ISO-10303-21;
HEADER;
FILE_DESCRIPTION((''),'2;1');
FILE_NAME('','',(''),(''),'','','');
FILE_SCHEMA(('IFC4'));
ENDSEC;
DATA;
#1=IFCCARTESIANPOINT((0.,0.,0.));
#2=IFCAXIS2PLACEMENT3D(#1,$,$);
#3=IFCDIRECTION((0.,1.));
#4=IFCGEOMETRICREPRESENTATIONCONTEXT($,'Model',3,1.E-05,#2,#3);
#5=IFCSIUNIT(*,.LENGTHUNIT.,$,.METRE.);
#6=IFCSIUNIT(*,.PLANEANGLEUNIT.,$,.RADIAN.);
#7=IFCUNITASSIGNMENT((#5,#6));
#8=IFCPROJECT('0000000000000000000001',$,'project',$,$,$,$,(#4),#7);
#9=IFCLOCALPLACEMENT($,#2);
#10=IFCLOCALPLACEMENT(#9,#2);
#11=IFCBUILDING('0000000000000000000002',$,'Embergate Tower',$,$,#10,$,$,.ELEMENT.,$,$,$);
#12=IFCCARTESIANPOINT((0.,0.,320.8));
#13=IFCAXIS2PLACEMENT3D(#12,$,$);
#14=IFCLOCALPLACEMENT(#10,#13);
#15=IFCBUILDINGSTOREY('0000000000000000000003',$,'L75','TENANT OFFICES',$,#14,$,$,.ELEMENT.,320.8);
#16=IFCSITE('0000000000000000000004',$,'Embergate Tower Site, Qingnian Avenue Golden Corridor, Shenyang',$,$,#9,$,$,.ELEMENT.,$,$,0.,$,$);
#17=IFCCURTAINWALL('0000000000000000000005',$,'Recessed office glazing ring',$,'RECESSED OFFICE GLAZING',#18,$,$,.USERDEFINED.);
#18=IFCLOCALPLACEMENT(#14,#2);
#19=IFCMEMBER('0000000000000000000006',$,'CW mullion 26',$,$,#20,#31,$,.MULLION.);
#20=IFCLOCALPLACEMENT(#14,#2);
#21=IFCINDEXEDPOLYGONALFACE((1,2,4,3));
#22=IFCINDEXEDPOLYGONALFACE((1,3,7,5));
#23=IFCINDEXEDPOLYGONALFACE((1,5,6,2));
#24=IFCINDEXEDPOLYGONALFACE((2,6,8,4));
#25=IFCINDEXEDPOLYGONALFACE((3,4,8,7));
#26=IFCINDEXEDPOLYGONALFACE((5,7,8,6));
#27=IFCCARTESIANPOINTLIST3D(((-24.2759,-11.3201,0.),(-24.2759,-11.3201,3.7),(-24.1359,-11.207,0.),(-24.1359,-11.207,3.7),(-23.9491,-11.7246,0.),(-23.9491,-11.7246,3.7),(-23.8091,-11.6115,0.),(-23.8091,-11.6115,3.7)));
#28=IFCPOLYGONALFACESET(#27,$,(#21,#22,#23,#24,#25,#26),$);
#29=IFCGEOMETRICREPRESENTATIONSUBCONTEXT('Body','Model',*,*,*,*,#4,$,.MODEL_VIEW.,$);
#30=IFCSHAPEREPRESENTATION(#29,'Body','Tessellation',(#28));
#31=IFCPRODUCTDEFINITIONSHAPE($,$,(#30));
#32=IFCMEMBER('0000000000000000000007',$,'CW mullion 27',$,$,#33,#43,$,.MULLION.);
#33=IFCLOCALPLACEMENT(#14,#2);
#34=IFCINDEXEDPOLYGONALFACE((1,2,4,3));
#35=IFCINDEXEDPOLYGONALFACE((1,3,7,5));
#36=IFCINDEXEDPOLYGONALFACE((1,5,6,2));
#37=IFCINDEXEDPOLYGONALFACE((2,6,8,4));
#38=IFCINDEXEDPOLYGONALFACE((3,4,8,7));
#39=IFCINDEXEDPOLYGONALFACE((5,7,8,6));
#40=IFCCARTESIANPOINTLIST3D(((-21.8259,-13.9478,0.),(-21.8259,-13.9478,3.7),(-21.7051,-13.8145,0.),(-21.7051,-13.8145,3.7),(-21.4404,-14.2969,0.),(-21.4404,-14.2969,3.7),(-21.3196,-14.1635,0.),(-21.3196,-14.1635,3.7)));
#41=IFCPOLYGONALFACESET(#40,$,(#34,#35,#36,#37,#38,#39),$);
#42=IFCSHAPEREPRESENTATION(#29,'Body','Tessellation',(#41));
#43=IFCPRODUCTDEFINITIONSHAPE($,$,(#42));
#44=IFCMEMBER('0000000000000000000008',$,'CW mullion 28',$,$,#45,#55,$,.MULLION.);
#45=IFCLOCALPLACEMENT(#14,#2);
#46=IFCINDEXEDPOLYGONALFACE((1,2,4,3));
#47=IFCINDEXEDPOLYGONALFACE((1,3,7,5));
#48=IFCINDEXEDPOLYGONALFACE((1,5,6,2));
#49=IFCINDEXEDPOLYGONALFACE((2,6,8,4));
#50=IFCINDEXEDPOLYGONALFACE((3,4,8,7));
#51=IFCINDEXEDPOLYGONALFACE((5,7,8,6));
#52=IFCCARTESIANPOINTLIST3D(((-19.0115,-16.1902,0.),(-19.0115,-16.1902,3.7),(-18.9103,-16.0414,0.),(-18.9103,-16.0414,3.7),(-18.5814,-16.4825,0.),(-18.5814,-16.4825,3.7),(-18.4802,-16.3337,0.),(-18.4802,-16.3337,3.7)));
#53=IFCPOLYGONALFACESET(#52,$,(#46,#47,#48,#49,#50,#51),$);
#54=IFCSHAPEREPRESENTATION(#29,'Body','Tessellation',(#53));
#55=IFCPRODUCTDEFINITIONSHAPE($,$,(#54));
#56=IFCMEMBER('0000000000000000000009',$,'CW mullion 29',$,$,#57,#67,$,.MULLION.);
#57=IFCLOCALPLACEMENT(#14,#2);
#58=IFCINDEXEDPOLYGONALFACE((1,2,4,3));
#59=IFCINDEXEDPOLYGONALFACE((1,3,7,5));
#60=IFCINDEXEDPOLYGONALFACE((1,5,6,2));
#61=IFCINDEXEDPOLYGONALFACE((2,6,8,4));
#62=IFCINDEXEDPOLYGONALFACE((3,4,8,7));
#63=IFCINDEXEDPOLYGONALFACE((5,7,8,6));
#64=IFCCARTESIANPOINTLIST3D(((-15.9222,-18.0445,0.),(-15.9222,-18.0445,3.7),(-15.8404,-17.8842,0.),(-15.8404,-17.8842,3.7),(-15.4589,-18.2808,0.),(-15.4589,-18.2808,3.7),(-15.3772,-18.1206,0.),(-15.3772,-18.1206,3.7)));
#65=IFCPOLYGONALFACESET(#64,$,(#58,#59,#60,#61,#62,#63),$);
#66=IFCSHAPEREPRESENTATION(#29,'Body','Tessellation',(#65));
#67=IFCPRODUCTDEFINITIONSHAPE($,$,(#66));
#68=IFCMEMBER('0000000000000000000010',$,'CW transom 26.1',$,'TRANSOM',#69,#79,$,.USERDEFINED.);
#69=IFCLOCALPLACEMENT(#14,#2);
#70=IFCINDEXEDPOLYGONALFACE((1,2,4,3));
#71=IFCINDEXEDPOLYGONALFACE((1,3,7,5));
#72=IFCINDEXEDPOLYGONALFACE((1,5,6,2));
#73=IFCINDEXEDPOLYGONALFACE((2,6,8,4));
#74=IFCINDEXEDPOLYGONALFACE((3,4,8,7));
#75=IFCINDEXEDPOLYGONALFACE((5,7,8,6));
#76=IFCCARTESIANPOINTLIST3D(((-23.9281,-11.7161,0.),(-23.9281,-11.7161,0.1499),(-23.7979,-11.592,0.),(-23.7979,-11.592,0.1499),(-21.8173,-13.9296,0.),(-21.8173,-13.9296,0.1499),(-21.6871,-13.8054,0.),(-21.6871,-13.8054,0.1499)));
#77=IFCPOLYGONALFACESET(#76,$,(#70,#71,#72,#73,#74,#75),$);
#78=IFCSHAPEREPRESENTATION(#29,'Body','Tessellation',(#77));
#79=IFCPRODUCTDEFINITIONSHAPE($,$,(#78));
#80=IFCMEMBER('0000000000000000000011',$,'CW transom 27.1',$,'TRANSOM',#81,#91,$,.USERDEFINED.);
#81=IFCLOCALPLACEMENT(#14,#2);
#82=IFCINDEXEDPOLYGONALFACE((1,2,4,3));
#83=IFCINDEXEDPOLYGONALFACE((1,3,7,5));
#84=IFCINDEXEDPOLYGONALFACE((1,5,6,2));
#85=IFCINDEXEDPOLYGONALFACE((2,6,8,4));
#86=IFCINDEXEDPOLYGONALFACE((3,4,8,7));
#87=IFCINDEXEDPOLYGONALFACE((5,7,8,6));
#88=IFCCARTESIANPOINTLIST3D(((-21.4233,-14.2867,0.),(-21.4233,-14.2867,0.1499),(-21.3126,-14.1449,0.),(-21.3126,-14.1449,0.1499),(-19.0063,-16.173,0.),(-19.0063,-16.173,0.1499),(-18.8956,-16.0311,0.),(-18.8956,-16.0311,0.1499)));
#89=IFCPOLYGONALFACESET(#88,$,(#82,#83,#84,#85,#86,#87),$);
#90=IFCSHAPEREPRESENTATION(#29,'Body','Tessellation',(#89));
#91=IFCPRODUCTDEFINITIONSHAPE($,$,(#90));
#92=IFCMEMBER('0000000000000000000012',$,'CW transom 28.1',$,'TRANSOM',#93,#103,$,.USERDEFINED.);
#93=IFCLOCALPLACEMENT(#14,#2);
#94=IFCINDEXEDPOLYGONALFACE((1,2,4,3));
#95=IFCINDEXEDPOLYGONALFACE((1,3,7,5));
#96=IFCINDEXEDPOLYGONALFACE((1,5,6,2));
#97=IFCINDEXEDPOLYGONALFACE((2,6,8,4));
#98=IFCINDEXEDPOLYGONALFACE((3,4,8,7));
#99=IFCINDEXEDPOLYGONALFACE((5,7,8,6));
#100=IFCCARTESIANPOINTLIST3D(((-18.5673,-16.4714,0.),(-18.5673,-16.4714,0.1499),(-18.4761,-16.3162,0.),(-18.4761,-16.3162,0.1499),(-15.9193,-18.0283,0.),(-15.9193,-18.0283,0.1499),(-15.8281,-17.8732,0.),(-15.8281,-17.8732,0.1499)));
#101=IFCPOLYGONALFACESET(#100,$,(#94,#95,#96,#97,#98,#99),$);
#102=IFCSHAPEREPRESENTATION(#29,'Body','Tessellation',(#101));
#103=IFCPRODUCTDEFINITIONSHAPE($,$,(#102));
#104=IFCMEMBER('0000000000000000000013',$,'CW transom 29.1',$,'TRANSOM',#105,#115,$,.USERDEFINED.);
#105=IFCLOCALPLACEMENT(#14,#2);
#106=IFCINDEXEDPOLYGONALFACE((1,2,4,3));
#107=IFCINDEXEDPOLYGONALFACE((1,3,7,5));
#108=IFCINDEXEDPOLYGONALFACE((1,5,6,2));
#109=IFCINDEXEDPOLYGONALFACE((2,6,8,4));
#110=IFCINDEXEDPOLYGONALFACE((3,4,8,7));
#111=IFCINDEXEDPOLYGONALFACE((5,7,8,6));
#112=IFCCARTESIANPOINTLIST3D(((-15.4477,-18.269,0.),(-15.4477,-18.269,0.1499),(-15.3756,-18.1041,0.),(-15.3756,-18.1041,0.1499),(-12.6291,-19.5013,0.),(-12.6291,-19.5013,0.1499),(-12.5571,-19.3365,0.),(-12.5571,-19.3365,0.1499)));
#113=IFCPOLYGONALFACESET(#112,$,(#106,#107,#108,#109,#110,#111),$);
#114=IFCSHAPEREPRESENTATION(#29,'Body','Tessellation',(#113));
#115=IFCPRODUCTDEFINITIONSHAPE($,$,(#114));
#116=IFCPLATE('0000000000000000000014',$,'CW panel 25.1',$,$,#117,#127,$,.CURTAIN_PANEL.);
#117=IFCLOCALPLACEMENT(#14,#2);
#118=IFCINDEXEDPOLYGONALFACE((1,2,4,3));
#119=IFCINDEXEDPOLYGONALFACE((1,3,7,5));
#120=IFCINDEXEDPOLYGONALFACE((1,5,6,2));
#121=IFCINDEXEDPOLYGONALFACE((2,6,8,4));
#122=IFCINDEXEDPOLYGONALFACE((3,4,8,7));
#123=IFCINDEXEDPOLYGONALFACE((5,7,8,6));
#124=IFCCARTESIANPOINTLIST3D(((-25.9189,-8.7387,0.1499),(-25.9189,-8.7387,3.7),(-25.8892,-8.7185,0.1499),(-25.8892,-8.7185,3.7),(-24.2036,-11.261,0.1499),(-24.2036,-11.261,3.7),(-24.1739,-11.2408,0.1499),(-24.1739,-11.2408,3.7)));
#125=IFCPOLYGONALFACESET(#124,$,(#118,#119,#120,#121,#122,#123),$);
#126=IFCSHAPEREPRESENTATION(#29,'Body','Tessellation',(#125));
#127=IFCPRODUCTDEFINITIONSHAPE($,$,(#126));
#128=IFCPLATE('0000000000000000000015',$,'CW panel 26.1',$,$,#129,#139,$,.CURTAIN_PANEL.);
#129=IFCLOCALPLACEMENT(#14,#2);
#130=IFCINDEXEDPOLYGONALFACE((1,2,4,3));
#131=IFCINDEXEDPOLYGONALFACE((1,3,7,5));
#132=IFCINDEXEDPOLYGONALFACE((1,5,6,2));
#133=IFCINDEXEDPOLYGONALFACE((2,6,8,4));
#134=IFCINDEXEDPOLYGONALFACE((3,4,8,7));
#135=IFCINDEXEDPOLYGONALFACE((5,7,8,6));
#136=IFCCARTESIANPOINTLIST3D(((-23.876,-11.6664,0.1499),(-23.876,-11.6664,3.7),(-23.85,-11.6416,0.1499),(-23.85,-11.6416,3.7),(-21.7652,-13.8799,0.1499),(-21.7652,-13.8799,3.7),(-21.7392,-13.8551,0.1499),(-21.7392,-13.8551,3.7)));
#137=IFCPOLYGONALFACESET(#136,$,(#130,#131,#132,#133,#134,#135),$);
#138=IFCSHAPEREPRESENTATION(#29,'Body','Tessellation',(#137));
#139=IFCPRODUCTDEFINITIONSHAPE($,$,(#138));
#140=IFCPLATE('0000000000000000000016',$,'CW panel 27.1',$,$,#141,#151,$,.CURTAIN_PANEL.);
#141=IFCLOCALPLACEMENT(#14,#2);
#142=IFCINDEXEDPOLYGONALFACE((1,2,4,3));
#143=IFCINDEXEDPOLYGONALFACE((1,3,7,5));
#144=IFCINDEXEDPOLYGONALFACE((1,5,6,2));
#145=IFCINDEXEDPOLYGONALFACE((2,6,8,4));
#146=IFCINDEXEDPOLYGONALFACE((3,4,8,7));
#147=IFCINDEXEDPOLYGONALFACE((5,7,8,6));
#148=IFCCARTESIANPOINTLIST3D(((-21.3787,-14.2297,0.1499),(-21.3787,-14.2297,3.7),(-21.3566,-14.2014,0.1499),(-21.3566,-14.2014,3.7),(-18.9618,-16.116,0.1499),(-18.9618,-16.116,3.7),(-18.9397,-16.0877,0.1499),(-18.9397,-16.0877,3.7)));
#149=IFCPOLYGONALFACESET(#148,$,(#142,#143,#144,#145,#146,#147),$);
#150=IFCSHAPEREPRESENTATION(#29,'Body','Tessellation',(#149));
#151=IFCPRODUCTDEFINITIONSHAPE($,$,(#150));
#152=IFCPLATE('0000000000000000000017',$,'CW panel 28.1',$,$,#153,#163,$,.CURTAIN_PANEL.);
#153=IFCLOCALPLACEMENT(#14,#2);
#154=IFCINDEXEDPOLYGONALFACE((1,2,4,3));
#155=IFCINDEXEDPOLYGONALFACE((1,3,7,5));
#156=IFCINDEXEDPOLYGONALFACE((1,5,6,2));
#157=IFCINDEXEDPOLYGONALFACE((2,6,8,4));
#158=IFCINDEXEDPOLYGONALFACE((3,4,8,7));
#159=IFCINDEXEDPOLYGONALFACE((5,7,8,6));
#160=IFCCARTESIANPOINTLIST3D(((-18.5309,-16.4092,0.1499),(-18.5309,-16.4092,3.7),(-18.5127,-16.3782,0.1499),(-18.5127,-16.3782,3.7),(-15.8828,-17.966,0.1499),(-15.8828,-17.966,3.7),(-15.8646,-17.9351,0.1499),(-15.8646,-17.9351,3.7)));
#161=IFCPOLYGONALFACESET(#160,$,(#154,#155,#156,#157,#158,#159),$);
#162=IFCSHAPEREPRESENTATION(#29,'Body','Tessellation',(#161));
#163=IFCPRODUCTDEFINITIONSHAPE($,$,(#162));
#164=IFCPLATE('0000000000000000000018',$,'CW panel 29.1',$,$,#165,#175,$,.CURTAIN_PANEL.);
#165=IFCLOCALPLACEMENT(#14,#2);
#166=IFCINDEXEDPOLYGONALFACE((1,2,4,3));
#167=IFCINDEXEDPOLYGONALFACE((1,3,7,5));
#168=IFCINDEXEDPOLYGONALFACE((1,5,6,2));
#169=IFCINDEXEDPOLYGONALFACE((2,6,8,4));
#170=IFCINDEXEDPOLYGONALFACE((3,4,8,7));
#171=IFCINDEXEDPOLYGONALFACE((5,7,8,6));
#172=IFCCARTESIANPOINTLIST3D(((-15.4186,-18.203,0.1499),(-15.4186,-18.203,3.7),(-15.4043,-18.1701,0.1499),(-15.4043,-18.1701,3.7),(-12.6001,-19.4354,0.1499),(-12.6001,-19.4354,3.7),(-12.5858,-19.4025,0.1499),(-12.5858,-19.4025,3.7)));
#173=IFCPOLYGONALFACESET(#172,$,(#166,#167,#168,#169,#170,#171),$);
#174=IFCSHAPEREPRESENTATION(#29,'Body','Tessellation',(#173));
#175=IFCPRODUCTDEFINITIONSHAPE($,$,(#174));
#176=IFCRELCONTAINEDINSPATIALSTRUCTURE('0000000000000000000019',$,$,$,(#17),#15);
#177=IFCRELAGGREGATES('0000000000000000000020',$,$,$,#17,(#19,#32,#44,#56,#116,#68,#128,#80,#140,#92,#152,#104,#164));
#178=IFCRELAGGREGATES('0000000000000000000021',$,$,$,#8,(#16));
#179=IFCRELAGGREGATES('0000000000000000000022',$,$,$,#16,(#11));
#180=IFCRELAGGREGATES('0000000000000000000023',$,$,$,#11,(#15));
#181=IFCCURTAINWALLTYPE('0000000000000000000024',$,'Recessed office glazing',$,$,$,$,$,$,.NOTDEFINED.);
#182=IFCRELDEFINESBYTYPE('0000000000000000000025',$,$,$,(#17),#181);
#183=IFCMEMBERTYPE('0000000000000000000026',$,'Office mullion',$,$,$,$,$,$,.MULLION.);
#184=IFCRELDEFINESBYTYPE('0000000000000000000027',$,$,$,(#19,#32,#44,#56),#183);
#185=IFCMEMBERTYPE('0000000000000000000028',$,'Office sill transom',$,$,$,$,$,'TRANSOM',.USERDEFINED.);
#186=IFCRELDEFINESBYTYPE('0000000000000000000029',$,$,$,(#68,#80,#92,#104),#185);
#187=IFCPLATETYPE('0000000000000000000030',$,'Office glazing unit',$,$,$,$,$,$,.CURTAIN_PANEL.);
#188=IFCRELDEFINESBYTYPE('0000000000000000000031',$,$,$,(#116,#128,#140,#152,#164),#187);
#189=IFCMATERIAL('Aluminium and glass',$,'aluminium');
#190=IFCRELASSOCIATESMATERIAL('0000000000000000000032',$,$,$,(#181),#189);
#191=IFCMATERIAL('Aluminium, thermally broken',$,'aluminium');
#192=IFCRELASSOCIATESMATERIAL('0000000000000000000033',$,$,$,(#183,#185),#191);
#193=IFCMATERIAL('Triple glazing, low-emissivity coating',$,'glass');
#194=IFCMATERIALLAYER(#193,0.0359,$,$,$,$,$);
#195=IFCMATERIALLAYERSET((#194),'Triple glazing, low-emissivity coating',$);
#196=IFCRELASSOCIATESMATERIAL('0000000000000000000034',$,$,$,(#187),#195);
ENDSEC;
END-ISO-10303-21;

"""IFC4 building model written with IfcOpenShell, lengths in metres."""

from ifc_helpers import new_model, si_unit, direction, frame, origin, origin_2d, place, context, subcontext, project, spatial, rectangle, extrude, source, transform, mapped, material, layer, layer_set, material_profile, profile_set, type_object, element, aggregate, save


model = new_model("IFC4")

# Units and contexts
model_context = context("Model", 3, precision=1e-05, world=origin(), true_north=direction((0.0, 1.0)))
body_context = subcontext(model_context, "Body", "Model", "MODEL_VIEW")
ifc_project = project(units=[si_unit("LENGTHUNIT", "METRE"), si_unit("PLANEANGLEUNIT", "RADIAN")], contexts=[model_context])

# Site, building, storey
site_placement = place(None, origin())
site = spatial("IfcSite", under=ifc_project, at=site_placement, Name="Embergate Tower Site, Qingnian Avenue Golden Corridor, Shenyang", CompositionType="ELEMENT", RefElevation=0.0)
building_placement = place(site_placement, origin())
building = spatial("IfcBuilding", under=site, at=building_placement, Name="Embergate Tower", CompositionType="ELEMENT")
storey_placement = place(building_placement, frame((0.0, 0.0, 320.8)))
storey = spatial("IfcBuildingStorey", under=building, at=storey_placement, Name="L75", Description="TENANT OFFICES", CompositionType="ELEMENT", Elevation=320.8)

# Curtain wall, members, plates
ifc_material_1 = material(Name="Aluminium and glass", Category="aluminium")
curtain_wall_type = type_object("IfcCurtainWallType", Name="Recessed office glazing", PredefinedType="NOTDEFINED", material=ifc_material_1)
curtain_wall_placement = place(storey_placement, origin())
curtain_wall = element("IfcCurtainWall", 1, at=curtain_wall_placement, inside=storey, type_object=curtain_wall_type, Name="Recessed office glazing ring", ObjectType="RECESSED OFFICE GLAZING", PredefinedType="USERDEFINED")
ifc_material_2 = material(Name="Aluminium, thermally broken", Category="aluminium")
ifc_material_profile_1 = material_profile(ifc_material_2, rectangle(XDim=0.1799, YDim=0.52, at=origin_2d()), Name="AL 520x180")
ifc_profile_set_1 = profile_set([ifc_material_profile_1], Name="Aluminium, thermally broken")
member_type_1 = type_object("IfcMemberType", Name="Office mullion", PredefinedType="MULLION", material=ifc_profile_set_1)
shared_shape_1 = source(origin(), body_context, "Body", "SweptSolid", [
    extrude(rectangle(XDim=0.1799, YDim=0.52, at=origin_2d()), origin(), (0.0, 0.0, 1.0), 3.7),
])
member_1_placement = place(storey_placement, frame((-24.0425, -11.4658, 0.0), z_axis=(0.0, 0.0, 1.0), x_axis=(0.777862, 0.628436, 0.0)))
member_1 = element("IfcMember", 2, at=member_1_placement, type_object=member_type_1, Name="CW mullion 26", PredefinedType="MULLION", context=body_context, shape_type="MappedRepresentation", body=[
    mapped(shared_shape_1, transform((0.0, 0.0, 0.0))),
])
member_2_placement = place(storey_placement, frame((-21.5728, -14.0557, 0.0), z_axis=(0.0, 0.0, 1.0), x_axis=(0.671217, 0.74126, 0.0)))
member_2 = element("IfcMember", 3, at=member_2_placement, type_object=member_type_1, Name="CW mullion 27", PredefinedType="MULLION", context=body_context, shape_type="MappedRepresentation", body=[
    mapped(shared_shape_1, transform((0.0, 0.0, 0.0))),
])
member_3_placement = place(storey_placement, frame((-18.7458, -16.262, 0.0), z_axis=(0.0, 0.0, 1.0), x_axis=(0.56221, 0.826994, 0.0)))
member_3 = element("IfcMember", 4, at=member_3_placement, type_object=member_type_1, Name="CW mullion 28", PredefinedType="MULLION", context=body_context, shape_type="MappedRepresentation", body=[
    mapped(shared_shape_1, transform((0.0, 0.0, 0.0))),
])
member_4_placement = place(storey_placement, frame((-15.6497, -18.0825, 0.0), z_axis=(0.0, 0.0, 1.0), x_axis=(0.454508, 0.890743, 0.0)))
member_4 = element("IfcMember", 5, at=member_4_placement, type_object=member_type_1, Name="CW mullion 29", PredefinedType="MULLION", context=body_context, shape_type="MappedRepresentation", body=[
    mapped(shared_shape_1, transform((0.0, 0.0, 0.0))),
])
ifc_material_profile_2 = material_profile(ifc_material_2, rectangle(XDim=0.1799, YDim=0.1499, at=origin_2d()), Name="AL 150x180")
ifc_profile_set_2 = profile_set([ifc_material_profile_2], Name="Aluminium, thermally broken")
member_type_2 = type_object("IfcMemberType", Name="Office sill transom", ElementType="TRANSOM", PredefinedType="USERDEFINED", material=ifc_profile_set_2)
shared_shape_2 = source(origin(), body_context, "Body", "SweptSolid", [
    extrude(rectangle(XDim=0.1799, YDim=0.1499, at=origin_2d()), origin(), (0.0, 0.0, 1.0), 3.0586),
])
member_5_placement = place(storey_placement, frame((-23.863, -11.6541, 0.075), z_axis=(0.690145, -0.723671, 0.0), x_axis=(0.723671, 0.690145, 0.0)))
member_5 = element("IfcMember", 6, at=member_5_placement, type_object=member_type_2, Name="CW transom 26.1", ObjectType="TRANSOM", PredefinedType="USERDEFINED", context=body_context, shape_type="MappedRepresentation", body=[
    mapped(shared_shape_2, transform((0.0, 0.0, 0.0))),
])
shared_shape_3 = source(origin(), body_context, "Body", "SweptSolid", [
    extrude(rectangle(XDim=0.1799, YDim=0.1499, at=origin_2d()), origin(), (0.0, 0.0, 1.0), 3.0659),
])
member_6_placement = place(storey_placement, frame((-21.3679, -14.2158, 0.075), z_axis=(0.788348, -0.61523, 0.0), x_axis=(0.61523, 0.788348, 0.0)))
member_6 = element("IfcMember", 7, at=member_6_placement, type_object=member_type_2, Name="CW transom 27.1", ObjectType="TRANSOM", PredefinedType="USERDEFINED", context=body_context, shape_type="MappedRepresentation", body=[
    mapped(shared_shape_3, transform((0.0, 0.0, 0.0))),
])
shared_shape_4 = source(origin(), body_context, "Body", "SweptSolid", [
    extrude(rectangle(XDim=0.1799, YDim=0.1499, at=origin_2d()), origin(), (0.0, 0.0, 1.0), 3.0718),
])
member_7_placement = place(storey_placement, frame((-18.5217, -16.3938, 0.075), z_axis=(0.862038, -0.506843, 0.0), x_axis=(0.506843, 0.862038, 0.0)))
member_7 = element("IfcMember", 8, at=member_7_placement, type_object=member_type_2, Name="CW transom 28.1", ObjectType="TRANSOM", PredefinedType="USERDEFINED", context=body_context, shape_type="MappedRepresentation", body=[
    mapped(shared_shape_4, transform((0.0, 0.0, 0.0))),
])
shared_shape_5 = source(origin(), body_context, "Body", "SweptSolid", [
    extrude(rectangle(XDim=0.1799, YDim=0.1499, at=origin_2d()), origin(), (0.0, 0.0, 1.0), 3.0762),
])
member_8_placement = place(storey_placement, frame((-15.4116, -18.1865, 0.075), z_axis=(0.916243, -0.400623, 0.0), x_axis=(0.400623, 0.916243, 0.0)))
member_8 = element("IfcMember", 9, at=member_8_placement, type_object=member_type_2, Name="CW transom 29.1", ObjectType="TRANSOM", PredefinedType="USERDEFINED", context=body_context, shape_type="MappedRepresentation", body=[
    mapped(shared_shape_5, transform((0.0, 0.0, 0.0))),
])
ifc_material_3 = material(Name="Triple glazing, low-emissivity coating", Category="glass")
ifc_layer_1 = layer(ifc_material_3, 0.0359)
ifc_layer_set_1 = layer_set([ifc_layer_1], Name="Triple glazing, low-emissivity coating")
plate_type = type_object("IfcPlateType", Name="Office glazing unit", PredefinedType="CURTAIN_PANEL", material=ifc_layer_set_1)
shared_shape_6 = source(origin(), body_context, "Body", "SweptSolid", [
    extrude(rectangle(XDim=3.0503, YDim=0.0359, at=origin_2d()), origin(), (0.0, 0.0, 1.0), 3.55),
])
plate_1_placement = place(storey_placement, frame((-25.0464, -9.9897, 0.1499), z_axis=(0.0, 0.0, 1.0), x_axis=(0.562342, -0.826905, 0.0)))
plate_1 = element("IfcPlate", 10, at=plate_1_placement, type_object=plate_type, Name="CW panel 25.1", PredefinedType="CURTAIN_PANEL", context=body_context, shape_type="MappedRepresentation", body=[
    mapped(shared_shape_6, transform((0.0, 0.0, 0.0))),
])
shared_shape_7 = source(origin(), body_context, "Body", "SweptSolid", [
    extrude(rectangle(XDim=3.0586, YDim=0.0359, at=origin_2d()), origin(), (0.0, 0.0, 1.0), 3.55),
])
plate_2_placement = place(storey_placement, frame((-22.8076, -12.7607, 0.1499), z_axis=(0.0, 0.0, 1.0), x_axis=(0.690133, -0.723683, 0.0)))
plate_2 = element("IfcPlate", 11, at=plate_2_placement, type_object=plate_type, Name="CW panel 26.1", PredefinedType="CURTAIN_PANEL", context=body_context, shape_type="MappedRepresentation", body=[
    mapped(shared_shape_7, transform((0.0, 0.0, 0.0))),
])
shared_shape_8 = source(origin(), body_context, "Body", "SweptSolid", [
    extrude(rectangle(XDim=3.0659, YDim=0.0359, at=origin_2d()), origin(), (0.0, 0.0, 1.0), 3.55),
])
plate_3_placement = place(storey_placement, frame((-20.1592, -15.1587, 0.1499), z_axis=(0.0, 0.0, 1.0), x_axis=(0.788318, -0.615268, 0.0)))
plate_3 = element("IfcPlate", 12, at=plate_3_placement, type_object=plate_type, Name="CW panel 27.1", PredefinedType="CURTAIN_PANEL", context=body_context, shape_type="MappedRepresentation", body=[
    mapped(shared_shape_8, transform((0.0, 0.0, 0.0))),
])
shared_shape_9 = source(origin(), body_context, "Body", "SweptSolid", [
    extrude(rectangle(XDim=3.0718, YDim=0.0359, at=origin_2d()), origin(), (0.0, 0.0, 1.0), 3.55),
])
plate_4_placement = place(storey_placement, frame((-17.1978, -17.1721, 0.1499), z_axis=(0.0, 0.0, 1.0), x_axis=(0.862051, -0.506822, 0.0)))
plate_4 = element("IfcPlate", 13, at=plate_4_placement, type_object=plate_type, Name="CW panel 28.1", PredefinedType="CURTAIN_PANEL", context=body_context, shape_type="MappedRepresentation", body=[
    mapped(shared_shape_9, transform((0.0, 0.0, 0.0))),
])
shared_shape_10 = source(origin(), body_context, "Body", "SweptSolid", [
    extrude(rectangle(XDim=3.0762, YDim=0.0359, at=origin_2d()), origin(), (0.0, 0.0, 1.0), 3.55),
])
plate_5_placement = place(storey_placement, frame((-14.0022, -18.8027, 0.1499), z_axis=(0.0, 0.0, 1.0), x_axis=(0.916234, -0.400643, 0.0)))
plate_5 = element("IfcPlate", 14, at=plate_5_placement, type_object=plate_type, Name="CW panel 29.1", PredefinedType="CURTAIN_PANEL", context=body_context, shape_type="MappedRepresentation", body=[
    mapped(shared_shape_10, transform((0.0, 0.0, 0.0))),
])
aggregate(curtain_wall, [member_1, member_2, member_3, member_4, plate_1, member_5, plate_2, member_6, plate_3, member_7, plate_4, member_8, plate_5])

save(model, "model.ifc")
